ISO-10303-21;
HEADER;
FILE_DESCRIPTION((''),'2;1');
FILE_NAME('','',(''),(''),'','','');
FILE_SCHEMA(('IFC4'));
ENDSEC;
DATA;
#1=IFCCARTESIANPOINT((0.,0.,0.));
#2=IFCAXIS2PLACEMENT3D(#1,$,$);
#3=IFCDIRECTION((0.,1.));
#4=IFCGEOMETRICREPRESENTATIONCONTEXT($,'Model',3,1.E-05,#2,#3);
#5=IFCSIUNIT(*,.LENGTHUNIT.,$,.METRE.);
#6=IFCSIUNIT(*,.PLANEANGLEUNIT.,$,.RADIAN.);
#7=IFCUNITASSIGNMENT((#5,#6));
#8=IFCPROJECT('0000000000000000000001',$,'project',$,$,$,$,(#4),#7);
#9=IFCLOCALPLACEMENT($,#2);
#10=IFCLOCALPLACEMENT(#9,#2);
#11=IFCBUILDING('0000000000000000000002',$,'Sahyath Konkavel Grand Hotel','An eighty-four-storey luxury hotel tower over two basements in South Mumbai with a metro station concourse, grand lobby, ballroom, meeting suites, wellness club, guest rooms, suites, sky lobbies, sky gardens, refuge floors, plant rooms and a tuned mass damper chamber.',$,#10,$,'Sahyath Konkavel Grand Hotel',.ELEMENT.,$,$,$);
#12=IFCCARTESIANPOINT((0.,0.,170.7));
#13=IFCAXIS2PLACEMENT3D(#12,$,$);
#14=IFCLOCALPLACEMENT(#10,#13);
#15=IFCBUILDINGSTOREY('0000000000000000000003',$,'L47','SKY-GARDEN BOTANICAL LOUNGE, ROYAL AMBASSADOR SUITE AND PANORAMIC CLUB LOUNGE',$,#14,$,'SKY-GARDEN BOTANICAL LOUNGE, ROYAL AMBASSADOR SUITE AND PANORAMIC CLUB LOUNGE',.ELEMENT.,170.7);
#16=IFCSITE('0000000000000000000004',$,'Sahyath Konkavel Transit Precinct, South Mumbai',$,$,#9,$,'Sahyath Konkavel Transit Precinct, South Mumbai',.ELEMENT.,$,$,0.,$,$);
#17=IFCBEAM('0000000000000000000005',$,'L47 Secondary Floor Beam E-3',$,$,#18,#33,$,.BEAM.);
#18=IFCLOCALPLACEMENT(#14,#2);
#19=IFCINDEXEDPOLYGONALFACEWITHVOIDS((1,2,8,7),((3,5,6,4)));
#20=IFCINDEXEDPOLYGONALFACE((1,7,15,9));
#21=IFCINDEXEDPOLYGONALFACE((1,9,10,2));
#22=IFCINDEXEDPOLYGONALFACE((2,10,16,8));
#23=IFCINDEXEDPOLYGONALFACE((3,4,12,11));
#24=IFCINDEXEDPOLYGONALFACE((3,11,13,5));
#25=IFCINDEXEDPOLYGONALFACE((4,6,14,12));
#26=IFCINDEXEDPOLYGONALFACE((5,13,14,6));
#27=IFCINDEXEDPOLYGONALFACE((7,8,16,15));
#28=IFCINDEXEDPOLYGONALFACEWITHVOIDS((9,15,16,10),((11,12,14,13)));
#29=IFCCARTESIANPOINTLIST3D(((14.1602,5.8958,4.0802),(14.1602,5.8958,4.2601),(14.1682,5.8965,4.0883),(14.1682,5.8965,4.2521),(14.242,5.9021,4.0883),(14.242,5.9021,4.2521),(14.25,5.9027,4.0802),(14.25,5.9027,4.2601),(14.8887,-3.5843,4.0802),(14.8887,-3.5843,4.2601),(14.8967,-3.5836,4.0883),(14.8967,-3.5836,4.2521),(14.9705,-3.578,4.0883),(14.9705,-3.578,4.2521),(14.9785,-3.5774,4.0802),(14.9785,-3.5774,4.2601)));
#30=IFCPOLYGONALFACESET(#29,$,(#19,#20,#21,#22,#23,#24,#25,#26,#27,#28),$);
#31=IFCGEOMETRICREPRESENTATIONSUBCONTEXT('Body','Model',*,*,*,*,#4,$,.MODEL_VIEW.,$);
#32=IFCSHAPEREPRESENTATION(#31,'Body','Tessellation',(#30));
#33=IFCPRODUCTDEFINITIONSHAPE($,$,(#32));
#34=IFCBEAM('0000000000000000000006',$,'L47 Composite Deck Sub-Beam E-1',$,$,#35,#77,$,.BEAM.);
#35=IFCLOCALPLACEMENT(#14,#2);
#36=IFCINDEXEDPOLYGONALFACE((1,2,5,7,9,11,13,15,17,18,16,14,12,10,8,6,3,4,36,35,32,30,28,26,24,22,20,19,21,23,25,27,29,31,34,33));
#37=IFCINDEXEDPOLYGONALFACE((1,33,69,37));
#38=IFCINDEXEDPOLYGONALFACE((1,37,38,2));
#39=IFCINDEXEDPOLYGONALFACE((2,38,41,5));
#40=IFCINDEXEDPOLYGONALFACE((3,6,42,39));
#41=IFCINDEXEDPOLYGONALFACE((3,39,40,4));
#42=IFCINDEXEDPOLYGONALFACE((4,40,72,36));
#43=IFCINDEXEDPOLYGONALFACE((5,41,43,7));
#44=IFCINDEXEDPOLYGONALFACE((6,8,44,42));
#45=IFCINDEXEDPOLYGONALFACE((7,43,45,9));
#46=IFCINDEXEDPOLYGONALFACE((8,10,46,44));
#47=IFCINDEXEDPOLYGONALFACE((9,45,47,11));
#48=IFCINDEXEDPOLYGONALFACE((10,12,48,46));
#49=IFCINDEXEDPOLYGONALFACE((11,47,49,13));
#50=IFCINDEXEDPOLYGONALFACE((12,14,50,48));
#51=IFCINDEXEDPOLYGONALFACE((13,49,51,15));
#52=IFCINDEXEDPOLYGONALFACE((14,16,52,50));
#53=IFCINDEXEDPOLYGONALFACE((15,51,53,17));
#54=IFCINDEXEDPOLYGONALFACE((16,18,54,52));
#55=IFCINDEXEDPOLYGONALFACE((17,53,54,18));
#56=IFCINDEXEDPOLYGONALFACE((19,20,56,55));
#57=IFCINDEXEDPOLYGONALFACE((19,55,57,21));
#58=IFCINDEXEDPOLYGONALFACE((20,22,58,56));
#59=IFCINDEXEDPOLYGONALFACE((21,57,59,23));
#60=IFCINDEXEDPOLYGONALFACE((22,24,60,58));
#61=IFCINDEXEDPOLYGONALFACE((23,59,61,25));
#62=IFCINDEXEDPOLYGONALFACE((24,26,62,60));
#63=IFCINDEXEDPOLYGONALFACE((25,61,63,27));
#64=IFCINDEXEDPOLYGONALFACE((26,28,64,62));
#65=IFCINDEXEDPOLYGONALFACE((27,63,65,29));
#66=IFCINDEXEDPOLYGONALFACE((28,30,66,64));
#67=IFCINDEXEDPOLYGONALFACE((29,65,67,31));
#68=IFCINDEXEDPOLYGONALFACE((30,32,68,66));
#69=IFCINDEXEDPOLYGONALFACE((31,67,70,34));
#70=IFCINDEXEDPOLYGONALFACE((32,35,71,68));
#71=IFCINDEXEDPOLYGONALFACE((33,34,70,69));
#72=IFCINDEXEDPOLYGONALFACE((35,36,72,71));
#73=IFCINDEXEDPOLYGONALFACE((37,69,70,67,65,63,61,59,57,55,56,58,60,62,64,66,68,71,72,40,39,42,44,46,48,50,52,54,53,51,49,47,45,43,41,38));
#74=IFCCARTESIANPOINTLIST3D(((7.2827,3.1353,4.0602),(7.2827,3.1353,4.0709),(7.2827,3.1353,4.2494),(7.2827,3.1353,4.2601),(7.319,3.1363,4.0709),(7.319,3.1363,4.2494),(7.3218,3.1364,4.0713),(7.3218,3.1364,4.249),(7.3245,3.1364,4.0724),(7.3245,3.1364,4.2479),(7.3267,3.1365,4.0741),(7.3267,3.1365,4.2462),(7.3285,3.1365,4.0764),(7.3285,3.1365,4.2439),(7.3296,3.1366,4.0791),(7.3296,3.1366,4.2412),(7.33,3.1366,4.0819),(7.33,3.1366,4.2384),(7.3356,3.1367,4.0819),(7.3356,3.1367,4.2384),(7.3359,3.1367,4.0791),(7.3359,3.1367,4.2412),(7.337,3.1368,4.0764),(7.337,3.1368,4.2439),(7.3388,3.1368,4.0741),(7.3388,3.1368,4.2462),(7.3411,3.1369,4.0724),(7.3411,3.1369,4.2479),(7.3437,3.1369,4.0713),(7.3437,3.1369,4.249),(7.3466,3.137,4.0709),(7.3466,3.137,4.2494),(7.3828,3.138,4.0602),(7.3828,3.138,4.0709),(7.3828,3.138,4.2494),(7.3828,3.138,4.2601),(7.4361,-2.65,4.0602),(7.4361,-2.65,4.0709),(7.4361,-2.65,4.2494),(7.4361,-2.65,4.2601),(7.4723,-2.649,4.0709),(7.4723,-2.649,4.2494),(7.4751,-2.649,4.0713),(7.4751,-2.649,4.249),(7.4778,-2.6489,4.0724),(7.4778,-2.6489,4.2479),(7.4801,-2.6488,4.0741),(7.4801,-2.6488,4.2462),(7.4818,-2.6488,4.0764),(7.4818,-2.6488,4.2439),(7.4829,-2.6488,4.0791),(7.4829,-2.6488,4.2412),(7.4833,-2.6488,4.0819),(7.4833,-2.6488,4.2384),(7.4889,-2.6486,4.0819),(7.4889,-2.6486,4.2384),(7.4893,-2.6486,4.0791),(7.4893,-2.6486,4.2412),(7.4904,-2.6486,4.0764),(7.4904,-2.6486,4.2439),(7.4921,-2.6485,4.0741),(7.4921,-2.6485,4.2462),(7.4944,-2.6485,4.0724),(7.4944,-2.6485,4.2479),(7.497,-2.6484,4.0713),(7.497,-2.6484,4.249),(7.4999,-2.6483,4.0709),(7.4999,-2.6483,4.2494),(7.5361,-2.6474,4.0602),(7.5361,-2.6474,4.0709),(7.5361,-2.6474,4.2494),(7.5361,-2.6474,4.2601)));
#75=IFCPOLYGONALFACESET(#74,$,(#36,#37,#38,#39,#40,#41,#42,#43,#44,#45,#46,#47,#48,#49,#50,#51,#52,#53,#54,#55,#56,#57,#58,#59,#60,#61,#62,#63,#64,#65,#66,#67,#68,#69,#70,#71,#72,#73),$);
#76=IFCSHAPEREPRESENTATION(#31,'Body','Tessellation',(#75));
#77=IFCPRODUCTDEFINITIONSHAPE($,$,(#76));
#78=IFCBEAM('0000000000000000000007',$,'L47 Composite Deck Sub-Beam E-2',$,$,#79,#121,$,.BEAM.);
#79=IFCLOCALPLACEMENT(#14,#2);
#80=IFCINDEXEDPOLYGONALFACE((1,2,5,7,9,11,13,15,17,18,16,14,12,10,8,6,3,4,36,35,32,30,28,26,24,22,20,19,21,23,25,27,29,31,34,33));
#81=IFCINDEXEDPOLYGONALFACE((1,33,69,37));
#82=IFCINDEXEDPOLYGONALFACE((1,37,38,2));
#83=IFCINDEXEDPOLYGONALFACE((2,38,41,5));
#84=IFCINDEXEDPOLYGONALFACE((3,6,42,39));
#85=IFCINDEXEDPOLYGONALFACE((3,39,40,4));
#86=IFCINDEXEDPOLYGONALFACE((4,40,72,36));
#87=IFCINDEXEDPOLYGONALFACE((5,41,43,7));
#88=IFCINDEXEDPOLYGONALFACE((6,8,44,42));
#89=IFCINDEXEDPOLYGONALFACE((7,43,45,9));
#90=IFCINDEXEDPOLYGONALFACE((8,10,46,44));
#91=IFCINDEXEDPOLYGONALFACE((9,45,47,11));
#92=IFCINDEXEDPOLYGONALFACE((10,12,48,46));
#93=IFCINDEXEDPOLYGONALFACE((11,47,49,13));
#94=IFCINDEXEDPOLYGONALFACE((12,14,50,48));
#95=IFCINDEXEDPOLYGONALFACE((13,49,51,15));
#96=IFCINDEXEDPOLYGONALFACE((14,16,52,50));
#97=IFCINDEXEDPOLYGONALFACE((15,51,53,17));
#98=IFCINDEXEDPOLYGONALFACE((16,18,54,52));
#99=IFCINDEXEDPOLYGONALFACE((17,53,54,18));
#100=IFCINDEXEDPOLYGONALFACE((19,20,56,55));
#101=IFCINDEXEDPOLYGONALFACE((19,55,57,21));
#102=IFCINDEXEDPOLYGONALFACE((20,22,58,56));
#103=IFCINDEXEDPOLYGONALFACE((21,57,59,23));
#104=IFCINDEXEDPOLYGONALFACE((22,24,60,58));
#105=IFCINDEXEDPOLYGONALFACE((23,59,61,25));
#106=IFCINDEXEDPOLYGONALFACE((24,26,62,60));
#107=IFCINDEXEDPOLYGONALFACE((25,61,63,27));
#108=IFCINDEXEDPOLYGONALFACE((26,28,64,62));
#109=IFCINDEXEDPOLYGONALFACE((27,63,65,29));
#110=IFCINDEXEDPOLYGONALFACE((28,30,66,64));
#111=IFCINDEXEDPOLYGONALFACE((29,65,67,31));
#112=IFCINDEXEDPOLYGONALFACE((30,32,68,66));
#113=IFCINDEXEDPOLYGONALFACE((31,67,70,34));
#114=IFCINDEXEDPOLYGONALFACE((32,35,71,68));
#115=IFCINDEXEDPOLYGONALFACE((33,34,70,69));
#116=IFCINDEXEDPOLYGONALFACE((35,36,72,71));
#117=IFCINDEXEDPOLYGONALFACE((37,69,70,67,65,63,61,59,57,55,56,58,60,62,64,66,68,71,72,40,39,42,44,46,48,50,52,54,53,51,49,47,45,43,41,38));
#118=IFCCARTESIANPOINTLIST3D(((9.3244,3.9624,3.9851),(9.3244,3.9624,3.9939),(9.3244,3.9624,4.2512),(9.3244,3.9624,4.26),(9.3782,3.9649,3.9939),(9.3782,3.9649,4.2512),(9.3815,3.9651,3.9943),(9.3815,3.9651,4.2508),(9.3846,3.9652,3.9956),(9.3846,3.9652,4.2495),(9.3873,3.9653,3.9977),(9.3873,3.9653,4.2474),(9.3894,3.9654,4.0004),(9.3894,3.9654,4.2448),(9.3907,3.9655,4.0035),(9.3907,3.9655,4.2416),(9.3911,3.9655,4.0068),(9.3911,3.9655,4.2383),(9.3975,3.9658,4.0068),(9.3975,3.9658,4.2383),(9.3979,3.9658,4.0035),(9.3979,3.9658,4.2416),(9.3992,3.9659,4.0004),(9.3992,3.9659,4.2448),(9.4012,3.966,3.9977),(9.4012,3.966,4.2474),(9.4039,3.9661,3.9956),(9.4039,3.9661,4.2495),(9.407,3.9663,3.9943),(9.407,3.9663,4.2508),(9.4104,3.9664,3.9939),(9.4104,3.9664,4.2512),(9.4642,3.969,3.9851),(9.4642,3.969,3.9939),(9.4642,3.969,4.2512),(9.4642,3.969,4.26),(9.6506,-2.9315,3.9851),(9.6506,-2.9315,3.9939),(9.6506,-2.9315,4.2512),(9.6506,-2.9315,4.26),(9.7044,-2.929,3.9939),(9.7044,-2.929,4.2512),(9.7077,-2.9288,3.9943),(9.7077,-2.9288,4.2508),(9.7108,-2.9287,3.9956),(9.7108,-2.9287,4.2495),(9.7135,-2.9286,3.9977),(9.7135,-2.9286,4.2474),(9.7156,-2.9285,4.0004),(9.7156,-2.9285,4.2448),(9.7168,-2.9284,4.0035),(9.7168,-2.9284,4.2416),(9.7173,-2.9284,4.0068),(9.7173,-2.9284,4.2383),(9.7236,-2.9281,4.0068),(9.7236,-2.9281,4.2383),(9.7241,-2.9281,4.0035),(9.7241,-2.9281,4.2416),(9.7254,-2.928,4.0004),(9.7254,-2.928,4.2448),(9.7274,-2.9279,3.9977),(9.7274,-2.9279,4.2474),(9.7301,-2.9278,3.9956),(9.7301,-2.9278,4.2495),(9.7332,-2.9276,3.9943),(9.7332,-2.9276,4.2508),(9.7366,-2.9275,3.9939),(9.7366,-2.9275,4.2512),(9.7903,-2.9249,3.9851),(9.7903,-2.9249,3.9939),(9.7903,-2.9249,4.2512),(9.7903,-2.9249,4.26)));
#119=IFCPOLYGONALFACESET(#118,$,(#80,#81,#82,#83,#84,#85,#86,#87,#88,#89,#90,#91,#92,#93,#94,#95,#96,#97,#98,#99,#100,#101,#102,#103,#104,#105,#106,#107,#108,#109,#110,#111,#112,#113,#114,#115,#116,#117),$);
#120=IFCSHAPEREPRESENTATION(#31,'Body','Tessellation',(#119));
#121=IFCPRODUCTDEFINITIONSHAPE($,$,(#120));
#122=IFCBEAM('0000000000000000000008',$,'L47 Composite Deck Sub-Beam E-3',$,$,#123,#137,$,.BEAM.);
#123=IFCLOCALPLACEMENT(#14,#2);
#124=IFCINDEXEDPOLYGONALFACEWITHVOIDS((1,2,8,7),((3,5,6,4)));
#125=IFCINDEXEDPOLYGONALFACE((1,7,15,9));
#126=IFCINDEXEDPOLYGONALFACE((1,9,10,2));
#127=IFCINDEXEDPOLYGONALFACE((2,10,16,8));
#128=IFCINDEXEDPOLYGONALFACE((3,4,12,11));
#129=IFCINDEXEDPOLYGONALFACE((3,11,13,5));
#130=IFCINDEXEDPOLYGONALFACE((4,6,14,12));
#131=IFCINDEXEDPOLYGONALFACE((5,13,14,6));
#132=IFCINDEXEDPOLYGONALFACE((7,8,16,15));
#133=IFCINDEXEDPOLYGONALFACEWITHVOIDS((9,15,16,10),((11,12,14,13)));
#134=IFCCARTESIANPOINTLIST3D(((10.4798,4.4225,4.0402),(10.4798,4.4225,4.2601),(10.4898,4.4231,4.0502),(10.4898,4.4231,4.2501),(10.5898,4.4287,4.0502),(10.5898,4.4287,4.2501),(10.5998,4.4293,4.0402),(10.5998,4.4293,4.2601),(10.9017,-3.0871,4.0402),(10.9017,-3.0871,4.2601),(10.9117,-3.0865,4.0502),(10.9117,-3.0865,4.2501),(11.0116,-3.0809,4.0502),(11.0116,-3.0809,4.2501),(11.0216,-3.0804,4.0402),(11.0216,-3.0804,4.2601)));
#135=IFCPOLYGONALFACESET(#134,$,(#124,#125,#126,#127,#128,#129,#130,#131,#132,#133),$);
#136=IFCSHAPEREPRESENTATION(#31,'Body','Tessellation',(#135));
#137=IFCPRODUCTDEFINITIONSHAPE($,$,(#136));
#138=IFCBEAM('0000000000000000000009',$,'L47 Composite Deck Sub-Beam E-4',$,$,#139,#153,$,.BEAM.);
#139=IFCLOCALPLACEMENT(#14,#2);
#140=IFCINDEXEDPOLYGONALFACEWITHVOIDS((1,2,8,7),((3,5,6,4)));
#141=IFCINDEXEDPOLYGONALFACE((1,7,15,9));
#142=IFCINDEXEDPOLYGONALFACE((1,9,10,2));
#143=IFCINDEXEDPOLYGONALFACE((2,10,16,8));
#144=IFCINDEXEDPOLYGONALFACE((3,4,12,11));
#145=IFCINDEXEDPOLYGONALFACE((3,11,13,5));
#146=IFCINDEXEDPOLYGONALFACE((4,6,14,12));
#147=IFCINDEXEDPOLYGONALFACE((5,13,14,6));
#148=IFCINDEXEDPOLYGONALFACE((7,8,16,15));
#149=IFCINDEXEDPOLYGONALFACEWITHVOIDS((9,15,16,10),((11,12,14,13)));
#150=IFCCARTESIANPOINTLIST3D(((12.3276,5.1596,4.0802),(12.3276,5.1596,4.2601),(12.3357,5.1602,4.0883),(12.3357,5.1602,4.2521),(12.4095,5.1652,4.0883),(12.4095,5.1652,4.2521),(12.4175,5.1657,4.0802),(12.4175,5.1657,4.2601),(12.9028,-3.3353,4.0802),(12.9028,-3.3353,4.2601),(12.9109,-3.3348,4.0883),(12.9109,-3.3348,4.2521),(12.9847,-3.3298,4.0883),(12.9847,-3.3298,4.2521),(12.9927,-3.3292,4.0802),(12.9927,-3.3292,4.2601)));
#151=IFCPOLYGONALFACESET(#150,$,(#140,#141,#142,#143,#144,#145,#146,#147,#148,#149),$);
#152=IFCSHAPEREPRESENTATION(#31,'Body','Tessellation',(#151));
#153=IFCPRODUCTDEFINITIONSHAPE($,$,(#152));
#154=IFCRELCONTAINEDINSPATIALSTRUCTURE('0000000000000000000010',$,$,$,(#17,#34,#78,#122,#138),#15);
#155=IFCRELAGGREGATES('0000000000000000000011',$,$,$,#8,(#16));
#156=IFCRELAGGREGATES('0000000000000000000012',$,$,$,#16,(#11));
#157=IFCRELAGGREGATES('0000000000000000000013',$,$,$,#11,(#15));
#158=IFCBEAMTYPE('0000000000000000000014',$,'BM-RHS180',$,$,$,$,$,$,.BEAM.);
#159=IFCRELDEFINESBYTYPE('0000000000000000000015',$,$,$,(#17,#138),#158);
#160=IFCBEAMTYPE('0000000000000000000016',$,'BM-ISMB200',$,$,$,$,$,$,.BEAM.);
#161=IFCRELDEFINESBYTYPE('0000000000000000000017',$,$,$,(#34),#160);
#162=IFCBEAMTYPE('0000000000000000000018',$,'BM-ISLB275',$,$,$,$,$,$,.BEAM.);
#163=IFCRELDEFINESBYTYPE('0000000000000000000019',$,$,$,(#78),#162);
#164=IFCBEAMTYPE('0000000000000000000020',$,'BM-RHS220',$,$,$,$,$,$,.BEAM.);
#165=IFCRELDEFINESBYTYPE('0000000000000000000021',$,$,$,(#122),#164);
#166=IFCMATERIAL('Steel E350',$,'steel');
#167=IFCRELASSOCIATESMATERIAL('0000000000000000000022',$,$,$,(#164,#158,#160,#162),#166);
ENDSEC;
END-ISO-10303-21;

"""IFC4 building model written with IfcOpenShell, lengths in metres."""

from ifc_helpers import new_model, si_unit, direction, frame, origin, origin_2d, place, context, subcontext, project, spatial, hollow_rectangle, i_section, extrude, source, transform, mapped, material, material_profile, profile_set, type_object, element, save


model = new_model("IFC4")

# Units and contexts
model_context = context("Model", 3, precision=1e-05, world=origin(), true_north=direction((0.0, 1.0)))
body_context = subcontext(model_context, "Body", "Model", "MODEL_VIEW")
ifc_project = project(units=[si_unit("LENGTHUNIT", "METRE"), si_unit("PLANEANGLEUNIT", "RADIAN")], contexts=[model_context])

# Site, building, storey
site_placement = place(None, origin())
site = spatial("IfcSite", under=ifc_project, at=site_placement, Name="Sahyath Konkavel Transit Precinct, South Mumbai", LongName="Sahyath Konkavel Transit Precinct, South Mumbai", CompositionType="ELEMENT", RefElevation=0.0)
building_placement = place(site_placement, origin())
building = spatial("IfcBuilding", under=site, at=building_placement, Name="Sahyath Konkavel Grand Hotel", Description="An eighty-four-storey luxury hotel tower over two basements in South Mumbai with a metro station concourse, grand lobby, ballroom, meeting suites, wellness club, guest rooms, suites, sky lobbies, sky gardens, refuge floors, plant rooms and a tuned mass damper chamber.", LongName="Sahyath Konkavel Grand Hotel", CompositionType="ELEMENT")
storey_placement = place(building_placement, frame((0.0, 0.0, 170.7)))
storey = spatial("IfcBuildingStorey", under=building, at=storey_placement, Name="L47", Description="SKY-GARDEN BOTANICAL LOUNGE, ROYAL AMBASSADOR SUITE AND PANORAMIC CLUB LOUNGE", LongName="SKY-GARDEN BOTANICAL LOUNGE, ROYAL AMBASSADOR SUITE AND PANORAMIC CLUB LOUNGE", CompositionType="ELEMENT", Elevation=170.7)

# Beams
ifc_material_1 = material(Name="Steel E350", Category="steel")
ifc_material_profile_1 = material_profile(ifc_material_1, hollow_rectangle(XDim=0.1201, YDim=0.22, WallThickness=0.01, at=origin_2d()), Name="RHS 220x120x10")
ifc_profile_set_1 = profile_set([ifc_material_profile_1], Name="Steel E350")
beam_type_1 = type_object("IfcBeamType", Name="BM-RHS220", PredefinedType="BEAM", material=ifc_profile_set_1)
ifc_material_profile_2 = material_profile(ifc_material_1, hollow_rectangle(XDim=0.0901, YDim=0.1799, WallThickness=0.0081, at=origin_2d()), Name="RHS 180x90x8")
ifc_profile_set_2 = profile_set([ifc_material_profile_2], Name="Steel E350")
beam_type_2 = type_object("IfcBeamType", Name="BM-RHS180", PredefinedType="BEAM", material=ifc_profile_set_2)
shared_shape_1 = source(origin(), body_context, "Body", "SweptSolid", [
    extrude(hollow_rectangle(XDim=0.0901, YDim=0.1799, WallThickness=0.0081, at=origin_2d()), origin(), (0.0, 0.0, 1.0), 9.5081),
])
beam_1_placement = place(storey_placement, frame((14.9336, -3.5808, 4.1702), z_axis=(-0.07662, 0.99706, 0.0), x_axis=(-0.99706, -0.07662, 0.0)))
element("IfcBeam", 1, at=beam_1_placement, inside=storey, type_object=beam_type_2, Name="L47 Secondary Floor Beam E-3", PredefinedType="BEAM", context=body_context, shape_type="MappedRepresentation", body=[
    mapped(shared_shape_1, transform((0.0, 0.0, 0.0), scale=1.0)),
])
ifc_material_profile_3 = material_profile(ifc_material_1, i_section(OverallWidth=0.1001, OverallDepth=0.2, WebThickness=0.0056, FlangeThickness=0.0107, FilletRadius=0.011, at=origin_2d()), Name="ISMB 200")
ifc_profile_set_3 = profile_set([ifc_material_profile_3], Name="Steel E350")
beam_type_3 = type_object("IfcBeamType", Name="BM-ISMB200", PredefinedType="BEAM", material=ifc_profile_set_3)
shared_shape_2 = source(origin(), body_context, "Body", "SweptSolid", [
    extrude(i_section(OverallWidth=0.1001, OverallDepth=0.2, WebThickness=0.0056, FlangeThickness=0.0107, FilletRadius=0.011, at=origin_2d()), origin(), (0.0, 0.0, 1.0), 5.7874),
])
beam_2_placement = place(storey_placement, frame((7.4861, -2.6487, 4.1602), z_axis=(-0.026492, 0.999649, 0.0), x_axis=(-0.999649, -0.026492, 0.0)))
element("IfcBeam", 2, at=beam_2_placement, inside=storey, type_object=beam_type_3, Name="L47 Composite Deck Sub-Beam E-1", PredefinedType="BEAM", context=body_context, shape_type="MappedRepresentation", body=[
    mapped(shared_shape_2, transform((0.0, 0.0, 0.0), scale=1.0)),
])
ifc_material_profile_4 = material_profile(ifc_material_1, i_section(OverallWidth=0.1399, OverallDepth=0.2749, WebThickness=0.0063, FlangeThickness=0.0088, FilletRadius=0.0129, at=origin_2d()), Name="ISLB 275")
ifc_profile_set_4 = profile_set([ifc_material_profile_4], Name="Steel E350")
beam_type_4 = type_object("IfcBeamType", Name="BM-ISLB275", PredefinedType="BEAM", material=ifc_profile_set_4)
shared_shape_3 = source(origin(), body_context, "Body", "SweptSolid", [
    extrude(i_section(OverallWidth=0.1399, OverallDepth=0.2749, WebThickness=0.0063, FlangeThickness=0.0088, FilletRadius=0.0129, at=origin_2d()), origin(), (0.0, 0.0, 1.0), 6.9016),
])
beam_3_placement = place(storey_placement, frame((9.7205, -2.9282, 4.1226), z_axis=(-0.047261, 0.998883, 0.0), x_axis=(-0.998883, -0.047261, 0.0)))
element("IfcBeam", 3, at=beam_3_placement, inside=storey, type_object=beam_type_4, Name="L47 Composite Deck Sub-Beam E-2", PredefinedType="BEAM", context=body_context, shape_type="MappedRepresentation", body=[
    mapped(shared_shape_3, transform((0.0, 0.0, 0.0), scale=1.0)),
])
shared_shape_4 = source(origin(), body_context, "Body", "SweptSolid", [
    extrude(hollow_rectangle(XDim=0.1201, YDim=0.22, WallThickness=0.01, at=origin_2d()), origin(), (0.0, 0.0, 1.0), 7.5215),
])
beam_4_placement = place(storey_placement, frame((10.9617, -3.0837, 4.1501), z_axis=(-0.05609, 0.998426, 0.0), x_axis=(-0.998426, -0.05609, 0.0)))
element("IfcBeam", 4, at=beam_4_placement, inside=storey, type_object=beam_type_1, Name="L47 Composite Deck Sub-Beam E-3", PredefinedType="BEAM", context=body_context, shape_type="MappedRepresentation", body=[
    mapped(shared_shape_4, transform((0.0, 0.0, 0.0), scale=1.0)),
])
shared_shape_5 = source(origin(), body_context, "Body", "SweptSolid", [
    extrude(hollow_rectangle(XDim=0.0901, YDim=0.1799, WallThickness=0.0081, at=origin_2d()), origin(), (0.0, 0.0, 1.0), 8.5144),
])
beam_5_placement = place(storey_placement, frame((12.9478, -3.3323, 4.1702), z_axis=(-0.067556, 0.997715, 0.0), x_axis=(-0.997715, -0.067556, 0.0)))
element("IfcBeam", 5, at=beam_5_placement, inside=storey, type_object=beam_type_2, Name="L47 Composite Deck Sub-Beam E-4", PredefinedType="BEAM", context=body_context, shape_type="MappedRepresentation", body=[
    mapped(shared_shape_5, transform((0.0, 0.0, 0.0), scale=1.0)),
])

save(model, "model.ifc")
